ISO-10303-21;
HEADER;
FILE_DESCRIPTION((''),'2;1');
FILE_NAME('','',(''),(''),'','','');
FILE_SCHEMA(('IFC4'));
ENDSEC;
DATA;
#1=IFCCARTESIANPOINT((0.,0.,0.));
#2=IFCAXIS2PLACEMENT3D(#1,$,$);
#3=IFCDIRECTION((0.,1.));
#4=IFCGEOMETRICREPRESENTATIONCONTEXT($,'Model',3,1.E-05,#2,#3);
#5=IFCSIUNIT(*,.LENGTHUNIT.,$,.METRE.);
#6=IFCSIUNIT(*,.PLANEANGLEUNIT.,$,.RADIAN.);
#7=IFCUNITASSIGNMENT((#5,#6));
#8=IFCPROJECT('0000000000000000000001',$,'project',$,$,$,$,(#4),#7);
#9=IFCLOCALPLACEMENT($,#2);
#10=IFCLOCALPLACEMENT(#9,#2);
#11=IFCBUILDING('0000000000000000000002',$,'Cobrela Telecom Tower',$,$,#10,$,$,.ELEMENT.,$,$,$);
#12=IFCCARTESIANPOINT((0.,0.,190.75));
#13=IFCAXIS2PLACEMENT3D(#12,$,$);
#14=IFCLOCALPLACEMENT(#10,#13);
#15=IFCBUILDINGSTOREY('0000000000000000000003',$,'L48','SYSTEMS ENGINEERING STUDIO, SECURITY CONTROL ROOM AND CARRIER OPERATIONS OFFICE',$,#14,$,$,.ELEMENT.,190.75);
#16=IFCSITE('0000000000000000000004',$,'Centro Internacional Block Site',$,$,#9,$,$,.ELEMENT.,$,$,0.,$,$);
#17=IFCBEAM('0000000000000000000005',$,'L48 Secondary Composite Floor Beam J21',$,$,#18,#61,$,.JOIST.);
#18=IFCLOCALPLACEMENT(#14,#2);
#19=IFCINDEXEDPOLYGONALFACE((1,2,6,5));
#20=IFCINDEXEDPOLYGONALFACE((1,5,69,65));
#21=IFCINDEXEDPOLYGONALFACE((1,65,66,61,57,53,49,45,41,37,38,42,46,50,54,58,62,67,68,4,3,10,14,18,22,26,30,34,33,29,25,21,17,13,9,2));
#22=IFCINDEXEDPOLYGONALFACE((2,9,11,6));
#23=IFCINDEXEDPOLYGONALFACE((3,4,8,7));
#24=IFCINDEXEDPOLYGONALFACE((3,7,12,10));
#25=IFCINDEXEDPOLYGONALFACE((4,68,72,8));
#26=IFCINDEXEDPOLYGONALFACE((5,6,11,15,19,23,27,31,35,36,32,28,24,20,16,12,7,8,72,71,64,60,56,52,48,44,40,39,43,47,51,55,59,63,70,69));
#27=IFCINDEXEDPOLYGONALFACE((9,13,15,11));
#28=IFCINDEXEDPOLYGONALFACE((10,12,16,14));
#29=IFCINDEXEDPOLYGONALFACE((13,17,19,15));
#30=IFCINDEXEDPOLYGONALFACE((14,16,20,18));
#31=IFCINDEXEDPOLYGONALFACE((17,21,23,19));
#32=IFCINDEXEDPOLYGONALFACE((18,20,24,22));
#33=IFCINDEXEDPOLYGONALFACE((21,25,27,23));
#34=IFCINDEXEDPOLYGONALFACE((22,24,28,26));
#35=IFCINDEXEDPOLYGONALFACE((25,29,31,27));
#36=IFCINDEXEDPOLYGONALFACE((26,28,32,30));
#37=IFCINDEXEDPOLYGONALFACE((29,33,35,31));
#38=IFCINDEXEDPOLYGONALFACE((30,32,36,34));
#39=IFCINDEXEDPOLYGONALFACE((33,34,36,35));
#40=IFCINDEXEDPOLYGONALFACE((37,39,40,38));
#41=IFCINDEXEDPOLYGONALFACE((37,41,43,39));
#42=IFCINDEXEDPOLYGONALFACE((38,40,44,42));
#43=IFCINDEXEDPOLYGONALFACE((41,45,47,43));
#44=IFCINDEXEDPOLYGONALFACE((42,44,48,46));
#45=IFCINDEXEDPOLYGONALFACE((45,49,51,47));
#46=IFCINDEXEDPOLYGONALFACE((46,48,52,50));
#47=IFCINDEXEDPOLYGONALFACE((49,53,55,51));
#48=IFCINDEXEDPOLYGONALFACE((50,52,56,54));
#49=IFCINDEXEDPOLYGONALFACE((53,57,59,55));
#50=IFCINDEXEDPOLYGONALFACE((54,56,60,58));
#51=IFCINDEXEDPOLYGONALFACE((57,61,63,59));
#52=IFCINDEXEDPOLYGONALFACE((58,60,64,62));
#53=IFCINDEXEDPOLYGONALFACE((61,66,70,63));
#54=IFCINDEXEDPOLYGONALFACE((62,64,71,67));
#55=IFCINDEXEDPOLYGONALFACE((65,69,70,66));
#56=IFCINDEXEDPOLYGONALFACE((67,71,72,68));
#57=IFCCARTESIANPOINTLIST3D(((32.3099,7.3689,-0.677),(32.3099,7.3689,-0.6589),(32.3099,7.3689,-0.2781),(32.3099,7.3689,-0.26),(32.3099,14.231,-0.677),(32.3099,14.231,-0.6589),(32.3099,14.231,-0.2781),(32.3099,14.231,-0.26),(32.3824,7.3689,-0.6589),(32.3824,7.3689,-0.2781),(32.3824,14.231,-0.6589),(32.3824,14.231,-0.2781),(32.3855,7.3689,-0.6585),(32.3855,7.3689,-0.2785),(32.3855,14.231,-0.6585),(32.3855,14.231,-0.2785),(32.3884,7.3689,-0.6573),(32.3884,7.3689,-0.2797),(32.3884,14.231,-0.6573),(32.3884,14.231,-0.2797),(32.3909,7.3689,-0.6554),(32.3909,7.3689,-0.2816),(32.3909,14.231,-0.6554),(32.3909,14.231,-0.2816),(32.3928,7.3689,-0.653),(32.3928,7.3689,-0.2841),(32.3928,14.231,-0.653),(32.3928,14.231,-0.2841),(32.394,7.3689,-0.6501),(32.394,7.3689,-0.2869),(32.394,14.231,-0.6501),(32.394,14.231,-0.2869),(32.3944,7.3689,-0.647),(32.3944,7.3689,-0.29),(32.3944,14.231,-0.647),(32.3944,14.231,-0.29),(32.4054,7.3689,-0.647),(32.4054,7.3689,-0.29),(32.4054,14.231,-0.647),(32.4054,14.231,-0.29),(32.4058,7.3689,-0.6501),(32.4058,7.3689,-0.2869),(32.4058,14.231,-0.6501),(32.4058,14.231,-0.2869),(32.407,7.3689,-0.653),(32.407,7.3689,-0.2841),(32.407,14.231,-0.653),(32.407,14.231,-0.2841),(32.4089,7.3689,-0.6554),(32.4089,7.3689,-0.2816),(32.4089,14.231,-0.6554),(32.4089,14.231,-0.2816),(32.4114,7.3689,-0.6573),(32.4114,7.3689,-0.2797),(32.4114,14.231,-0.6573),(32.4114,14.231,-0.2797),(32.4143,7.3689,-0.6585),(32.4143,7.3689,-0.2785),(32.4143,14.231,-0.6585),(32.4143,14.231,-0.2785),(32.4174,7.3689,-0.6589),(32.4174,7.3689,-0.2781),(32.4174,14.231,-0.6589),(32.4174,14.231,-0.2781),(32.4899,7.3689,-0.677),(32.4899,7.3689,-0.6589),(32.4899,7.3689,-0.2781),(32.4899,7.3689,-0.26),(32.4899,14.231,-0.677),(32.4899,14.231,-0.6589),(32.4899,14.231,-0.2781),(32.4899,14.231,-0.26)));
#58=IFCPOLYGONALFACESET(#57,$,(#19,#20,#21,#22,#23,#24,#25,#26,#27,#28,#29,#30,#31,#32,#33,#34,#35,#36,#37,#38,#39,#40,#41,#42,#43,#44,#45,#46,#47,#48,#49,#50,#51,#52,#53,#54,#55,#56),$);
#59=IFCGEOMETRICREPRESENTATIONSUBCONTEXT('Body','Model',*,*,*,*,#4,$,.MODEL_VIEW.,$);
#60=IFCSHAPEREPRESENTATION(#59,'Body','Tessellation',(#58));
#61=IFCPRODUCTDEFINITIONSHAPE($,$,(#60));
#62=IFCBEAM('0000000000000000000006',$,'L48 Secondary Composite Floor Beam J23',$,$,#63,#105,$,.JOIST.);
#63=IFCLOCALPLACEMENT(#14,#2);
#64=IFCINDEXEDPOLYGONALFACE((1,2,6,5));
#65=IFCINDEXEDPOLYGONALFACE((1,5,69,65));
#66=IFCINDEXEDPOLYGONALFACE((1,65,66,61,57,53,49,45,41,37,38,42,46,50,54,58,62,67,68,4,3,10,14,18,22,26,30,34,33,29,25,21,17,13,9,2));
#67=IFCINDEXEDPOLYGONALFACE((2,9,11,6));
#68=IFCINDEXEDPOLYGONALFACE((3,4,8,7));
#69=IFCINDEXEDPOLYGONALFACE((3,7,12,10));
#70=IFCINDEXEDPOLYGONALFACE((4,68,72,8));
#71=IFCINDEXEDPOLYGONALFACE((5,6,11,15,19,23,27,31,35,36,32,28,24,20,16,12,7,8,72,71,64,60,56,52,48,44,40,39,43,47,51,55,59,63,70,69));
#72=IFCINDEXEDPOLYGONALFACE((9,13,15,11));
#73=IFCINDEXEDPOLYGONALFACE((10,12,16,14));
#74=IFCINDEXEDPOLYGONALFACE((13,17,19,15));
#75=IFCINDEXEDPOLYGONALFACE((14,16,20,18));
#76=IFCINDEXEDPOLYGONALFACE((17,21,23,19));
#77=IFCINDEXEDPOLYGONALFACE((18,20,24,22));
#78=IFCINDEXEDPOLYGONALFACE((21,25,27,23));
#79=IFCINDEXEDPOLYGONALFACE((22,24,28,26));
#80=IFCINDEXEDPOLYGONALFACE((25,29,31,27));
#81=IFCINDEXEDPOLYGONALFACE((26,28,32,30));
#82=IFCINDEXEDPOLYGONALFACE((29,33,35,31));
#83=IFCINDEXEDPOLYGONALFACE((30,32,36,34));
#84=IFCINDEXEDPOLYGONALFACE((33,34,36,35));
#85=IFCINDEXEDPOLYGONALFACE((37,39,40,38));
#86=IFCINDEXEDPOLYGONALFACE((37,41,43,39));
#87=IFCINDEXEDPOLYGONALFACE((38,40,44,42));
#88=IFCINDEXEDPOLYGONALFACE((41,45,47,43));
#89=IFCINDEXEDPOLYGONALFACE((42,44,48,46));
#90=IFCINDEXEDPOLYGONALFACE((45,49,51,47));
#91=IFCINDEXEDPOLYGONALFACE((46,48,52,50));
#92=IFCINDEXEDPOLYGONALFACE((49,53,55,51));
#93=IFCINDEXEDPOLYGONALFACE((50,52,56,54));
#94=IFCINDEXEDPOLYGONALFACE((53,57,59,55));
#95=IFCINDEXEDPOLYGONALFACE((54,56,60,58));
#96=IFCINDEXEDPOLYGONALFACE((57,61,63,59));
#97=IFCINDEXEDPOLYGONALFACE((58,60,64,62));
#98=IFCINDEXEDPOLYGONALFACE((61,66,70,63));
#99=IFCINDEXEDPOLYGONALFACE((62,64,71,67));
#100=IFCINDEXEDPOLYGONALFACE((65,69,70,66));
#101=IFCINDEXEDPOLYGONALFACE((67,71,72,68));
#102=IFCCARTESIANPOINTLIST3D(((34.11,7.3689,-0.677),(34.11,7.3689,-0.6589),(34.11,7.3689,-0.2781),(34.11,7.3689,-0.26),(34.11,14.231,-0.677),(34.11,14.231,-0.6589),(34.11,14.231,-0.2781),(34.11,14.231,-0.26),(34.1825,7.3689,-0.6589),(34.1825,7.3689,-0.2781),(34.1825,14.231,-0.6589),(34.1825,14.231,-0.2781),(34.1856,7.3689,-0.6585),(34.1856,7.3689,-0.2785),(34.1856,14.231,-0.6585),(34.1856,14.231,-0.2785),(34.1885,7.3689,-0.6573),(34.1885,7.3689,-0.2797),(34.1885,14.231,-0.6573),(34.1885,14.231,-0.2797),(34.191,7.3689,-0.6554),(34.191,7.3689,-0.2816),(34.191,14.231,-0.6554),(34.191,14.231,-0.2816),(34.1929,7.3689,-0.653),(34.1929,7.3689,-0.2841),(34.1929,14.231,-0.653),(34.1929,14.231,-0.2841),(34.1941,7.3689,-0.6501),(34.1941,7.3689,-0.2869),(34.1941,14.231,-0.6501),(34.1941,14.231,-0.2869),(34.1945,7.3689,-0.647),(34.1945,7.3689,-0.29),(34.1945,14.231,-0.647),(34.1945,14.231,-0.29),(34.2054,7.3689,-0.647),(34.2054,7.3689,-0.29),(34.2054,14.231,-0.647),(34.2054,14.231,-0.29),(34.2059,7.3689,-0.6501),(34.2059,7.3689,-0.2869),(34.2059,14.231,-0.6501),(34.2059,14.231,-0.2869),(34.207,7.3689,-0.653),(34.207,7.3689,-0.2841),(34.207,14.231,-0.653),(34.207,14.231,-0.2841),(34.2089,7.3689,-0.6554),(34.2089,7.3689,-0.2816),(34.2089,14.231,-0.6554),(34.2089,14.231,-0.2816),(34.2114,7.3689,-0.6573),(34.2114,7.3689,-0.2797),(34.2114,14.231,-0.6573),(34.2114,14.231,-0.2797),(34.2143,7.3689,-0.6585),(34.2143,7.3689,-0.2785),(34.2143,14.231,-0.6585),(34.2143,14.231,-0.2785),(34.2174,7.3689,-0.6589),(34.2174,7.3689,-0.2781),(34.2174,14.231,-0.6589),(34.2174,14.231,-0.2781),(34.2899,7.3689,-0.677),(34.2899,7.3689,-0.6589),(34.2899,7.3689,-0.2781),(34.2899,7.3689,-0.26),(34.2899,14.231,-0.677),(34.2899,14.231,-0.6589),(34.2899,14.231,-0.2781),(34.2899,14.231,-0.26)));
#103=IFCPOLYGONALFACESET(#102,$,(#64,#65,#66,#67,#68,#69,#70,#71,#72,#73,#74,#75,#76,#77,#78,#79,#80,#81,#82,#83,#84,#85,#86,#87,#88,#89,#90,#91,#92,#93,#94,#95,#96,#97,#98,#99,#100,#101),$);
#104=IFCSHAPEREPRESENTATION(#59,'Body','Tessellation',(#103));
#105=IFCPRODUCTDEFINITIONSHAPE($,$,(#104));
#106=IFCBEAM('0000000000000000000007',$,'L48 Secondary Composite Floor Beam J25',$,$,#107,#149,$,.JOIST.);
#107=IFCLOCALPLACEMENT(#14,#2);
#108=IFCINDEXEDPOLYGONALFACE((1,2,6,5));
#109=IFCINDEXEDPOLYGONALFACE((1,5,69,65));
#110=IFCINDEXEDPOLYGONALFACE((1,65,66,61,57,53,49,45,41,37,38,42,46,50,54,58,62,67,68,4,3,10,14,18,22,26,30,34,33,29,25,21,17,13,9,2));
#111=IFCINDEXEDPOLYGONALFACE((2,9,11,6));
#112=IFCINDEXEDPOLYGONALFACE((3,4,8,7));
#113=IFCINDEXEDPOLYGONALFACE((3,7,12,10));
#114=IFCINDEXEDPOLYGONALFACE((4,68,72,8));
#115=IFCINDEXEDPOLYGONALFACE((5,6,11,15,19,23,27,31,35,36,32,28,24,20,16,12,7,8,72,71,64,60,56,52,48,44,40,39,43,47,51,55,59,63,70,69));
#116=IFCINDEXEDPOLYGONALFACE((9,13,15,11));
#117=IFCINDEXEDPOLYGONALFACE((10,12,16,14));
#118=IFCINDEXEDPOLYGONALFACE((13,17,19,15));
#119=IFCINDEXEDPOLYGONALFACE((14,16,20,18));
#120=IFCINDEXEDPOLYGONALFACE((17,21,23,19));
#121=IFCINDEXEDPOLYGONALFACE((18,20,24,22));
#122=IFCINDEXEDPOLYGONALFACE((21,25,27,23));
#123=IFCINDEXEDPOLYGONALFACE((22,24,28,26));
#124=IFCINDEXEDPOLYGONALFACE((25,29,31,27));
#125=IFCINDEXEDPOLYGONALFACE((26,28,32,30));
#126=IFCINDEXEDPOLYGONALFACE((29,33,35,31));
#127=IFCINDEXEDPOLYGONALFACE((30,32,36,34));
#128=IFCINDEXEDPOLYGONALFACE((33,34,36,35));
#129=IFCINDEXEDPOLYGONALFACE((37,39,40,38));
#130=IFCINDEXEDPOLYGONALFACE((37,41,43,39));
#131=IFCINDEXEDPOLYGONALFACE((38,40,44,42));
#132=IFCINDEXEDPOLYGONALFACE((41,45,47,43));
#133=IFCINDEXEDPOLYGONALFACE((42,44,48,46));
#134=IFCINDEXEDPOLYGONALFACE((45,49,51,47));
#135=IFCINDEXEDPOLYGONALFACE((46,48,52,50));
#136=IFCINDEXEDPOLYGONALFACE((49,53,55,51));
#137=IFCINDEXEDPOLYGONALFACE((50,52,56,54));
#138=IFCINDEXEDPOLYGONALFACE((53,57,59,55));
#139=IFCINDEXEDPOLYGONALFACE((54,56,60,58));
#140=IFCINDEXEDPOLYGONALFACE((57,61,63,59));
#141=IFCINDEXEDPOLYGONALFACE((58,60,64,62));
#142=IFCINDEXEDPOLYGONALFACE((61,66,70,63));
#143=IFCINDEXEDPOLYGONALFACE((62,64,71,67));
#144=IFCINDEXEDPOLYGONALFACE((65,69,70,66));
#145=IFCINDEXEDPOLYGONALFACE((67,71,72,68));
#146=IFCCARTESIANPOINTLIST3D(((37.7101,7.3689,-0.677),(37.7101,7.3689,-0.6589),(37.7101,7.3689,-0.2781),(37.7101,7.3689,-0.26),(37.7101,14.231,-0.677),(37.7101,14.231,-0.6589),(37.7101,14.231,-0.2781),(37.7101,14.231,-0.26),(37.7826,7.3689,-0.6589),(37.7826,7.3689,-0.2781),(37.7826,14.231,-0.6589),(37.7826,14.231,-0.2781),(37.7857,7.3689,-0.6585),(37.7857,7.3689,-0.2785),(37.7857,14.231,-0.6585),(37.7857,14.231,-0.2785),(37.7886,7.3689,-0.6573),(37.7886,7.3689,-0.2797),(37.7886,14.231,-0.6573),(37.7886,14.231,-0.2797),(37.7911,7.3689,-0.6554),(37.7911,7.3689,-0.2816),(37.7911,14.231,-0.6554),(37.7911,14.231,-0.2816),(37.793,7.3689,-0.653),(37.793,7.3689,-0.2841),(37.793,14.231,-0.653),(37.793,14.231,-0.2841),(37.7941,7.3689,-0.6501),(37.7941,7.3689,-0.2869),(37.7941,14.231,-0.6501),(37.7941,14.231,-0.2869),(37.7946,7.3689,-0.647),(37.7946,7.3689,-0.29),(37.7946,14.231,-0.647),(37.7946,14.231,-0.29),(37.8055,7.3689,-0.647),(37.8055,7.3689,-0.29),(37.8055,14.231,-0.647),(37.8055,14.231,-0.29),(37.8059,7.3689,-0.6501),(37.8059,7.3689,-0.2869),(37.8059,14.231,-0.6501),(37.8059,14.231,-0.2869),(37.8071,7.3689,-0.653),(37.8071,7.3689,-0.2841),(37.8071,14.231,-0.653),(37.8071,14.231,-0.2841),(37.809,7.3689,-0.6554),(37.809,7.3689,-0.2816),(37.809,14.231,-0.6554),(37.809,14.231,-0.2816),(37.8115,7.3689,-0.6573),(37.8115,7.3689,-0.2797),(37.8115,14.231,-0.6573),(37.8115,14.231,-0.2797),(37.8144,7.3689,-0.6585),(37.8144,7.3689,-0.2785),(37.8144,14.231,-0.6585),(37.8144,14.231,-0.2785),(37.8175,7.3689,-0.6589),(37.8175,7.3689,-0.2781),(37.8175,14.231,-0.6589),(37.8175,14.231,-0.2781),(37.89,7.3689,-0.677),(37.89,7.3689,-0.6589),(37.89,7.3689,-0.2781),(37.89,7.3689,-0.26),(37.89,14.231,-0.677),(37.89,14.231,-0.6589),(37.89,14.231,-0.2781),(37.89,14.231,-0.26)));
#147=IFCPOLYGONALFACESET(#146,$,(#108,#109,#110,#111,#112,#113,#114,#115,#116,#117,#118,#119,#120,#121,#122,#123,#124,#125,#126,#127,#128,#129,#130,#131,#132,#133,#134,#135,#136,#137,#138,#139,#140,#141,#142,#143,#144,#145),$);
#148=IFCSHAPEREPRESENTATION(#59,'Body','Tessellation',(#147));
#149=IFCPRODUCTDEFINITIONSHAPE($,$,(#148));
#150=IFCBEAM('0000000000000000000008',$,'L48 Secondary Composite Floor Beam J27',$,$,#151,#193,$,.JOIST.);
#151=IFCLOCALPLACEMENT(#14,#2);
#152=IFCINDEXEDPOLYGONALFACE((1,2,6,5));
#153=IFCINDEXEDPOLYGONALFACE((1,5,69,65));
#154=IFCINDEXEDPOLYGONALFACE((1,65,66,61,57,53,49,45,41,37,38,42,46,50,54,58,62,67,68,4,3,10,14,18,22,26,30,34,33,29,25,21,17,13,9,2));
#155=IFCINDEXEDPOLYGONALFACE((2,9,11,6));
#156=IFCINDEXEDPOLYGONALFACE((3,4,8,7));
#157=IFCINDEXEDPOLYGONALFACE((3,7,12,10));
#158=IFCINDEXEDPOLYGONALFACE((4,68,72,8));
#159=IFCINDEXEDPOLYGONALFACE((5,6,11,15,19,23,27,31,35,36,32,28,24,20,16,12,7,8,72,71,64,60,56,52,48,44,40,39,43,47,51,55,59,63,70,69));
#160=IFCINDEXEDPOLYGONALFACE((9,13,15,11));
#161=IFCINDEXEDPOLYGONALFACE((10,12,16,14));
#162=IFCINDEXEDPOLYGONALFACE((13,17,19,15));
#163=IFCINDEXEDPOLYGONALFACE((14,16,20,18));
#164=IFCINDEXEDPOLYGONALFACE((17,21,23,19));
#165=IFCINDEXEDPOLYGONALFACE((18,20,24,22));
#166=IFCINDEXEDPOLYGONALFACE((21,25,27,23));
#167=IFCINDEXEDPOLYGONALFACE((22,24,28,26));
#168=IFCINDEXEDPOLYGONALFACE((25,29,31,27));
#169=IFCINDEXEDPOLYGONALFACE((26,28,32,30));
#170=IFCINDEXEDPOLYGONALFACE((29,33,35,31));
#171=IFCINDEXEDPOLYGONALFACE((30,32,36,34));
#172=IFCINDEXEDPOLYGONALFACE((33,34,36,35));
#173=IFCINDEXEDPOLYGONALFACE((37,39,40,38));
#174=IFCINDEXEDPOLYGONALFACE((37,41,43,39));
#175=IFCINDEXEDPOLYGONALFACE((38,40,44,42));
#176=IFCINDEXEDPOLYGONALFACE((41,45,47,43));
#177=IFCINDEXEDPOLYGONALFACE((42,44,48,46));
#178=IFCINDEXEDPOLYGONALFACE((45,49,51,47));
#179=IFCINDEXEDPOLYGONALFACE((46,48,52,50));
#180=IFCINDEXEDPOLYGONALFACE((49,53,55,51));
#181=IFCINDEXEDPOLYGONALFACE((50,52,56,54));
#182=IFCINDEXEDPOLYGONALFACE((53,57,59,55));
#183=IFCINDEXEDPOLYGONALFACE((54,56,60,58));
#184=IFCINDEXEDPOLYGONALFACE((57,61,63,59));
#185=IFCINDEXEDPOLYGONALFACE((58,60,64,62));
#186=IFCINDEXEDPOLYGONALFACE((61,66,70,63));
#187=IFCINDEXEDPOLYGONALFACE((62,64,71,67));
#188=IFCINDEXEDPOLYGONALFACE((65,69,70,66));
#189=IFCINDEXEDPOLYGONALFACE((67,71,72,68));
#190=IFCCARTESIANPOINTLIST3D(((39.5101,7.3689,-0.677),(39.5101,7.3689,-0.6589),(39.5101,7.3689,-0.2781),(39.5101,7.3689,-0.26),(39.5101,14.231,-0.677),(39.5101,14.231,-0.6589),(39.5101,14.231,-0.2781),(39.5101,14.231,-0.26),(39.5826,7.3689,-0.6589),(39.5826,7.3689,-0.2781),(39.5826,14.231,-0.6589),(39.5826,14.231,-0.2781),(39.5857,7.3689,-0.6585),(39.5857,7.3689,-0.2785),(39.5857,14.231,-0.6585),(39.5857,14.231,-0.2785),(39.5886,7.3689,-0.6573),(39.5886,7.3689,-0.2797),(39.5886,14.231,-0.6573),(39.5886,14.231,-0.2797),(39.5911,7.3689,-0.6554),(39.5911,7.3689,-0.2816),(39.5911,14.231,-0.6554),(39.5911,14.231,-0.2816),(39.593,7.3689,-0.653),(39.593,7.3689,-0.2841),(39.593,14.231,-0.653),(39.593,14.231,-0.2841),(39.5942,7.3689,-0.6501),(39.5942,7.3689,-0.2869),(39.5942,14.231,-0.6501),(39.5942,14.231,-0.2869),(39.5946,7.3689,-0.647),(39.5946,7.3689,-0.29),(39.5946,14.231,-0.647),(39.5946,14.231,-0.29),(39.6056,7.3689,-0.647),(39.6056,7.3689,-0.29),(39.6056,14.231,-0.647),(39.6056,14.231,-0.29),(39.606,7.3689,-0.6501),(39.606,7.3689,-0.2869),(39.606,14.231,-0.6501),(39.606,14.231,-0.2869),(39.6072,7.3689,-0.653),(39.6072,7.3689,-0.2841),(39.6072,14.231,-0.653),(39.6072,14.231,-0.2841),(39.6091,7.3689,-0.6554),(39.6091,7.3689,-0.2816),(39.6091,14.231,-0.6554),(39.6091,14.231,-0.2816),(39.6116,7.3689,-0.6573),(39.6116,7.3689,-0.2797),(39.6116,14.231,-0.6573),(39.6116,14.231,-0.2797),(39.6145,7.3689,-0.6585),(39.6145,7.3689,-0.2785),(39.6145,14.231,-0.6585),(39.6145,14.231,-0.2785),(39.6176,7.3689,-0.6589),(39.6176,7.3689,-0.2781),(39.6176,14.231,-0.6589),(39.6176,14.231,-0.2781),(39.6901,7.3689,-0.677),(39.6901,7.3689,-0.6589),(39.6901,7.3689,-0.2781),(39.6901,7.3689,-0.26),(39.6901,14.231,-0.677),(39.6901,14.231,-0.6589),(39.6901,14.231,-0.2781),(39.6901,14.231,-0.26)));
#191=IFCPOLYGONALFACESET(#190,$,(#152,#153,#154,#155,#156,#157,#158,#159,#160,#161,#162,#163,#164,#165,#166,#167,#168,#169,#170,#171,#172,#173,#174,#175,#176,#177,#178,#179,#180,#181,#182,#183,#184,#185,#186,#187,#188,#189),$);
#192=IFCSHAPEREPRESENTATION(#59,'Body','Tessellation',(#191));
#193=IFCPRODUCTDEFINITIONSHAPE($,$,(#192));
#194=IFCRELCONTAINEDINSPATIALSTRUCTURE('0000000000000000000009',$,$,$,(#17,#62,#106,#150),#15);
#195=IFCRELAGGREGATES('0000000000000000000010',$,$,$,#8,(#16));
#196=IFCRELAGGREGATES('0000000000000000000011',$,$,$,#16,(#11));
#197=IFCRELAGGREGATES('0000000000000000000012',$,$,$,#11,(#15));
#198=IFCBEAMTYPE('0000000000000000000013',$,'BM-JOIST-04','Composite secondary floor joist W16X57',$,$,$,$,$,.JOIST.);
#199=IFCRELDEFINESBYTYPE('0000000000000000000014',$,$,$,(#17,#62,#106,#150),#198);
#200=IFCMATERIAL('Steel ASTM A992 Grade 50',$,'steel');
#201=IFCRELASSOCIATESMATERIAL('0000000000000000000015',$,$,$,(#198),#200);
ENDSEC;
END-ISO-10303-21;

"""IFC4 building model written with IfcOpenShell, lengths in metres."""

from ifc_helpers import new_model, si_unit, direction, frame, origin, origin_2d, place, context, subcontext, project, spatial, i_section, extrude, material, material_profile, profile_set, type_object, element, save


model = new_model("IFC4")

# Units and contexts
model_context = context("Model", 3, precision=1e-05, world=origin(), true_north=direction((0.0, 1.0)))
body_context = subcontext(model_context, "Body", "Model", "MODEL_VIEW")
ifc_project = project(units=[si_unit("LENGTHUNIT", "METRE"), si_unit("PLANEANGLEUNIT", "RADIAN")], contexts=[model_context])

# Site, building, storey
site_placement = place(None, origin())
site = spatial("IfcSite", under=ifc_project, at=site_placement, Name="Centro Internacional Block Site", CompositionType="ELEMENT", RefElevation=0.0)
building_placement = place(site_placement, origin())
building = spatial("IfcBuilding", under=site, at=building_placement, Name="Cobrela Telecom Tower", CompositionType="ELEMENT")
storey_placement = place(building_placement, frame((0.0, 0.0, 190.75)))
storey = spatial("IfcBuildingStorey", under=building, at=storey_placement, Name="L48", Description="SYSTEMS ENGINEERING STUDIO, SECURITY CONTROL ROOM AND CARRIER OPERATIONS OFFICE", CompositionType="ELEMENT", Elevation=190.75)

# Shared definitions
ifc_material_1 = material(Name="Steel ASTM A992 Grade 50", Category="steel")

# Beams
ifc_material_profile_1 = material_profile(ifc_material_1, i_section(OverallWidth=0.1799, OverallDepth=0.417, WebThickness=0.011, FlangeThickness=0.0181, FilletRadius=0.012, at=origin_2d()), Name="W16X57")
ifc_profile_set_1 = profile_set([ifc_material_profile_1], Name="Steel ASTM A992 Grade 50")
beam_type_1 = type_object("IfcBeamType", Name="BM-JOIST-04", Description="Composite secondary floor joist W16X57", PredefinedType="JOIST", material=ifc_profile_set_1)
for number, where, z_axis, x_axis, name in (
    (1, (32.3999, 7.3689, -0.4685), (0.0, 1.0, 0.0), (-1.0, 0.0, 0.0), "L48 Secondary Composite Floor Beam J21"),
    (2, (34.2, 7.3689, -0.4685), (0.0, 1.0, 0.0), (-1.0, 0.0, 0.0), "L48 Secondary Composite Floor Beam J23"),
    (3, (37.8, 7.3689, -0.4685), (0.0, 1.0, 0.0), (-1.0, 0.0, 0.0), "L48 Secondary Composite Floor Beam J25"),
    (4, (39.6001, 7.3689, -0.4685), (0.0, 1.0, 0.0), (-1.0, 0.0, 0.0), "L48 Secondary Composite Floor Beam J27"),
):
    element("IfcBeam", number, at=place(storey_placement, frame(where, z_axis=z_axis, x_axis=x_axis)), inside=storey, type_object=beam_type_1, Name=name, PredefinedType="JOIST", context=body_context, shape_type="SweptSolid", body=[
        extrude(i_section(OverallWidth=0.1799, OverallDepth=0.417, WebThickness=0.011, FlangeThickness=0.0181, FilletRadius=0.012, at=origin_2d()), origin(), (0.0, 0.0, 1.0), 6.8621),
    ])

save(model, "model.ifc")
